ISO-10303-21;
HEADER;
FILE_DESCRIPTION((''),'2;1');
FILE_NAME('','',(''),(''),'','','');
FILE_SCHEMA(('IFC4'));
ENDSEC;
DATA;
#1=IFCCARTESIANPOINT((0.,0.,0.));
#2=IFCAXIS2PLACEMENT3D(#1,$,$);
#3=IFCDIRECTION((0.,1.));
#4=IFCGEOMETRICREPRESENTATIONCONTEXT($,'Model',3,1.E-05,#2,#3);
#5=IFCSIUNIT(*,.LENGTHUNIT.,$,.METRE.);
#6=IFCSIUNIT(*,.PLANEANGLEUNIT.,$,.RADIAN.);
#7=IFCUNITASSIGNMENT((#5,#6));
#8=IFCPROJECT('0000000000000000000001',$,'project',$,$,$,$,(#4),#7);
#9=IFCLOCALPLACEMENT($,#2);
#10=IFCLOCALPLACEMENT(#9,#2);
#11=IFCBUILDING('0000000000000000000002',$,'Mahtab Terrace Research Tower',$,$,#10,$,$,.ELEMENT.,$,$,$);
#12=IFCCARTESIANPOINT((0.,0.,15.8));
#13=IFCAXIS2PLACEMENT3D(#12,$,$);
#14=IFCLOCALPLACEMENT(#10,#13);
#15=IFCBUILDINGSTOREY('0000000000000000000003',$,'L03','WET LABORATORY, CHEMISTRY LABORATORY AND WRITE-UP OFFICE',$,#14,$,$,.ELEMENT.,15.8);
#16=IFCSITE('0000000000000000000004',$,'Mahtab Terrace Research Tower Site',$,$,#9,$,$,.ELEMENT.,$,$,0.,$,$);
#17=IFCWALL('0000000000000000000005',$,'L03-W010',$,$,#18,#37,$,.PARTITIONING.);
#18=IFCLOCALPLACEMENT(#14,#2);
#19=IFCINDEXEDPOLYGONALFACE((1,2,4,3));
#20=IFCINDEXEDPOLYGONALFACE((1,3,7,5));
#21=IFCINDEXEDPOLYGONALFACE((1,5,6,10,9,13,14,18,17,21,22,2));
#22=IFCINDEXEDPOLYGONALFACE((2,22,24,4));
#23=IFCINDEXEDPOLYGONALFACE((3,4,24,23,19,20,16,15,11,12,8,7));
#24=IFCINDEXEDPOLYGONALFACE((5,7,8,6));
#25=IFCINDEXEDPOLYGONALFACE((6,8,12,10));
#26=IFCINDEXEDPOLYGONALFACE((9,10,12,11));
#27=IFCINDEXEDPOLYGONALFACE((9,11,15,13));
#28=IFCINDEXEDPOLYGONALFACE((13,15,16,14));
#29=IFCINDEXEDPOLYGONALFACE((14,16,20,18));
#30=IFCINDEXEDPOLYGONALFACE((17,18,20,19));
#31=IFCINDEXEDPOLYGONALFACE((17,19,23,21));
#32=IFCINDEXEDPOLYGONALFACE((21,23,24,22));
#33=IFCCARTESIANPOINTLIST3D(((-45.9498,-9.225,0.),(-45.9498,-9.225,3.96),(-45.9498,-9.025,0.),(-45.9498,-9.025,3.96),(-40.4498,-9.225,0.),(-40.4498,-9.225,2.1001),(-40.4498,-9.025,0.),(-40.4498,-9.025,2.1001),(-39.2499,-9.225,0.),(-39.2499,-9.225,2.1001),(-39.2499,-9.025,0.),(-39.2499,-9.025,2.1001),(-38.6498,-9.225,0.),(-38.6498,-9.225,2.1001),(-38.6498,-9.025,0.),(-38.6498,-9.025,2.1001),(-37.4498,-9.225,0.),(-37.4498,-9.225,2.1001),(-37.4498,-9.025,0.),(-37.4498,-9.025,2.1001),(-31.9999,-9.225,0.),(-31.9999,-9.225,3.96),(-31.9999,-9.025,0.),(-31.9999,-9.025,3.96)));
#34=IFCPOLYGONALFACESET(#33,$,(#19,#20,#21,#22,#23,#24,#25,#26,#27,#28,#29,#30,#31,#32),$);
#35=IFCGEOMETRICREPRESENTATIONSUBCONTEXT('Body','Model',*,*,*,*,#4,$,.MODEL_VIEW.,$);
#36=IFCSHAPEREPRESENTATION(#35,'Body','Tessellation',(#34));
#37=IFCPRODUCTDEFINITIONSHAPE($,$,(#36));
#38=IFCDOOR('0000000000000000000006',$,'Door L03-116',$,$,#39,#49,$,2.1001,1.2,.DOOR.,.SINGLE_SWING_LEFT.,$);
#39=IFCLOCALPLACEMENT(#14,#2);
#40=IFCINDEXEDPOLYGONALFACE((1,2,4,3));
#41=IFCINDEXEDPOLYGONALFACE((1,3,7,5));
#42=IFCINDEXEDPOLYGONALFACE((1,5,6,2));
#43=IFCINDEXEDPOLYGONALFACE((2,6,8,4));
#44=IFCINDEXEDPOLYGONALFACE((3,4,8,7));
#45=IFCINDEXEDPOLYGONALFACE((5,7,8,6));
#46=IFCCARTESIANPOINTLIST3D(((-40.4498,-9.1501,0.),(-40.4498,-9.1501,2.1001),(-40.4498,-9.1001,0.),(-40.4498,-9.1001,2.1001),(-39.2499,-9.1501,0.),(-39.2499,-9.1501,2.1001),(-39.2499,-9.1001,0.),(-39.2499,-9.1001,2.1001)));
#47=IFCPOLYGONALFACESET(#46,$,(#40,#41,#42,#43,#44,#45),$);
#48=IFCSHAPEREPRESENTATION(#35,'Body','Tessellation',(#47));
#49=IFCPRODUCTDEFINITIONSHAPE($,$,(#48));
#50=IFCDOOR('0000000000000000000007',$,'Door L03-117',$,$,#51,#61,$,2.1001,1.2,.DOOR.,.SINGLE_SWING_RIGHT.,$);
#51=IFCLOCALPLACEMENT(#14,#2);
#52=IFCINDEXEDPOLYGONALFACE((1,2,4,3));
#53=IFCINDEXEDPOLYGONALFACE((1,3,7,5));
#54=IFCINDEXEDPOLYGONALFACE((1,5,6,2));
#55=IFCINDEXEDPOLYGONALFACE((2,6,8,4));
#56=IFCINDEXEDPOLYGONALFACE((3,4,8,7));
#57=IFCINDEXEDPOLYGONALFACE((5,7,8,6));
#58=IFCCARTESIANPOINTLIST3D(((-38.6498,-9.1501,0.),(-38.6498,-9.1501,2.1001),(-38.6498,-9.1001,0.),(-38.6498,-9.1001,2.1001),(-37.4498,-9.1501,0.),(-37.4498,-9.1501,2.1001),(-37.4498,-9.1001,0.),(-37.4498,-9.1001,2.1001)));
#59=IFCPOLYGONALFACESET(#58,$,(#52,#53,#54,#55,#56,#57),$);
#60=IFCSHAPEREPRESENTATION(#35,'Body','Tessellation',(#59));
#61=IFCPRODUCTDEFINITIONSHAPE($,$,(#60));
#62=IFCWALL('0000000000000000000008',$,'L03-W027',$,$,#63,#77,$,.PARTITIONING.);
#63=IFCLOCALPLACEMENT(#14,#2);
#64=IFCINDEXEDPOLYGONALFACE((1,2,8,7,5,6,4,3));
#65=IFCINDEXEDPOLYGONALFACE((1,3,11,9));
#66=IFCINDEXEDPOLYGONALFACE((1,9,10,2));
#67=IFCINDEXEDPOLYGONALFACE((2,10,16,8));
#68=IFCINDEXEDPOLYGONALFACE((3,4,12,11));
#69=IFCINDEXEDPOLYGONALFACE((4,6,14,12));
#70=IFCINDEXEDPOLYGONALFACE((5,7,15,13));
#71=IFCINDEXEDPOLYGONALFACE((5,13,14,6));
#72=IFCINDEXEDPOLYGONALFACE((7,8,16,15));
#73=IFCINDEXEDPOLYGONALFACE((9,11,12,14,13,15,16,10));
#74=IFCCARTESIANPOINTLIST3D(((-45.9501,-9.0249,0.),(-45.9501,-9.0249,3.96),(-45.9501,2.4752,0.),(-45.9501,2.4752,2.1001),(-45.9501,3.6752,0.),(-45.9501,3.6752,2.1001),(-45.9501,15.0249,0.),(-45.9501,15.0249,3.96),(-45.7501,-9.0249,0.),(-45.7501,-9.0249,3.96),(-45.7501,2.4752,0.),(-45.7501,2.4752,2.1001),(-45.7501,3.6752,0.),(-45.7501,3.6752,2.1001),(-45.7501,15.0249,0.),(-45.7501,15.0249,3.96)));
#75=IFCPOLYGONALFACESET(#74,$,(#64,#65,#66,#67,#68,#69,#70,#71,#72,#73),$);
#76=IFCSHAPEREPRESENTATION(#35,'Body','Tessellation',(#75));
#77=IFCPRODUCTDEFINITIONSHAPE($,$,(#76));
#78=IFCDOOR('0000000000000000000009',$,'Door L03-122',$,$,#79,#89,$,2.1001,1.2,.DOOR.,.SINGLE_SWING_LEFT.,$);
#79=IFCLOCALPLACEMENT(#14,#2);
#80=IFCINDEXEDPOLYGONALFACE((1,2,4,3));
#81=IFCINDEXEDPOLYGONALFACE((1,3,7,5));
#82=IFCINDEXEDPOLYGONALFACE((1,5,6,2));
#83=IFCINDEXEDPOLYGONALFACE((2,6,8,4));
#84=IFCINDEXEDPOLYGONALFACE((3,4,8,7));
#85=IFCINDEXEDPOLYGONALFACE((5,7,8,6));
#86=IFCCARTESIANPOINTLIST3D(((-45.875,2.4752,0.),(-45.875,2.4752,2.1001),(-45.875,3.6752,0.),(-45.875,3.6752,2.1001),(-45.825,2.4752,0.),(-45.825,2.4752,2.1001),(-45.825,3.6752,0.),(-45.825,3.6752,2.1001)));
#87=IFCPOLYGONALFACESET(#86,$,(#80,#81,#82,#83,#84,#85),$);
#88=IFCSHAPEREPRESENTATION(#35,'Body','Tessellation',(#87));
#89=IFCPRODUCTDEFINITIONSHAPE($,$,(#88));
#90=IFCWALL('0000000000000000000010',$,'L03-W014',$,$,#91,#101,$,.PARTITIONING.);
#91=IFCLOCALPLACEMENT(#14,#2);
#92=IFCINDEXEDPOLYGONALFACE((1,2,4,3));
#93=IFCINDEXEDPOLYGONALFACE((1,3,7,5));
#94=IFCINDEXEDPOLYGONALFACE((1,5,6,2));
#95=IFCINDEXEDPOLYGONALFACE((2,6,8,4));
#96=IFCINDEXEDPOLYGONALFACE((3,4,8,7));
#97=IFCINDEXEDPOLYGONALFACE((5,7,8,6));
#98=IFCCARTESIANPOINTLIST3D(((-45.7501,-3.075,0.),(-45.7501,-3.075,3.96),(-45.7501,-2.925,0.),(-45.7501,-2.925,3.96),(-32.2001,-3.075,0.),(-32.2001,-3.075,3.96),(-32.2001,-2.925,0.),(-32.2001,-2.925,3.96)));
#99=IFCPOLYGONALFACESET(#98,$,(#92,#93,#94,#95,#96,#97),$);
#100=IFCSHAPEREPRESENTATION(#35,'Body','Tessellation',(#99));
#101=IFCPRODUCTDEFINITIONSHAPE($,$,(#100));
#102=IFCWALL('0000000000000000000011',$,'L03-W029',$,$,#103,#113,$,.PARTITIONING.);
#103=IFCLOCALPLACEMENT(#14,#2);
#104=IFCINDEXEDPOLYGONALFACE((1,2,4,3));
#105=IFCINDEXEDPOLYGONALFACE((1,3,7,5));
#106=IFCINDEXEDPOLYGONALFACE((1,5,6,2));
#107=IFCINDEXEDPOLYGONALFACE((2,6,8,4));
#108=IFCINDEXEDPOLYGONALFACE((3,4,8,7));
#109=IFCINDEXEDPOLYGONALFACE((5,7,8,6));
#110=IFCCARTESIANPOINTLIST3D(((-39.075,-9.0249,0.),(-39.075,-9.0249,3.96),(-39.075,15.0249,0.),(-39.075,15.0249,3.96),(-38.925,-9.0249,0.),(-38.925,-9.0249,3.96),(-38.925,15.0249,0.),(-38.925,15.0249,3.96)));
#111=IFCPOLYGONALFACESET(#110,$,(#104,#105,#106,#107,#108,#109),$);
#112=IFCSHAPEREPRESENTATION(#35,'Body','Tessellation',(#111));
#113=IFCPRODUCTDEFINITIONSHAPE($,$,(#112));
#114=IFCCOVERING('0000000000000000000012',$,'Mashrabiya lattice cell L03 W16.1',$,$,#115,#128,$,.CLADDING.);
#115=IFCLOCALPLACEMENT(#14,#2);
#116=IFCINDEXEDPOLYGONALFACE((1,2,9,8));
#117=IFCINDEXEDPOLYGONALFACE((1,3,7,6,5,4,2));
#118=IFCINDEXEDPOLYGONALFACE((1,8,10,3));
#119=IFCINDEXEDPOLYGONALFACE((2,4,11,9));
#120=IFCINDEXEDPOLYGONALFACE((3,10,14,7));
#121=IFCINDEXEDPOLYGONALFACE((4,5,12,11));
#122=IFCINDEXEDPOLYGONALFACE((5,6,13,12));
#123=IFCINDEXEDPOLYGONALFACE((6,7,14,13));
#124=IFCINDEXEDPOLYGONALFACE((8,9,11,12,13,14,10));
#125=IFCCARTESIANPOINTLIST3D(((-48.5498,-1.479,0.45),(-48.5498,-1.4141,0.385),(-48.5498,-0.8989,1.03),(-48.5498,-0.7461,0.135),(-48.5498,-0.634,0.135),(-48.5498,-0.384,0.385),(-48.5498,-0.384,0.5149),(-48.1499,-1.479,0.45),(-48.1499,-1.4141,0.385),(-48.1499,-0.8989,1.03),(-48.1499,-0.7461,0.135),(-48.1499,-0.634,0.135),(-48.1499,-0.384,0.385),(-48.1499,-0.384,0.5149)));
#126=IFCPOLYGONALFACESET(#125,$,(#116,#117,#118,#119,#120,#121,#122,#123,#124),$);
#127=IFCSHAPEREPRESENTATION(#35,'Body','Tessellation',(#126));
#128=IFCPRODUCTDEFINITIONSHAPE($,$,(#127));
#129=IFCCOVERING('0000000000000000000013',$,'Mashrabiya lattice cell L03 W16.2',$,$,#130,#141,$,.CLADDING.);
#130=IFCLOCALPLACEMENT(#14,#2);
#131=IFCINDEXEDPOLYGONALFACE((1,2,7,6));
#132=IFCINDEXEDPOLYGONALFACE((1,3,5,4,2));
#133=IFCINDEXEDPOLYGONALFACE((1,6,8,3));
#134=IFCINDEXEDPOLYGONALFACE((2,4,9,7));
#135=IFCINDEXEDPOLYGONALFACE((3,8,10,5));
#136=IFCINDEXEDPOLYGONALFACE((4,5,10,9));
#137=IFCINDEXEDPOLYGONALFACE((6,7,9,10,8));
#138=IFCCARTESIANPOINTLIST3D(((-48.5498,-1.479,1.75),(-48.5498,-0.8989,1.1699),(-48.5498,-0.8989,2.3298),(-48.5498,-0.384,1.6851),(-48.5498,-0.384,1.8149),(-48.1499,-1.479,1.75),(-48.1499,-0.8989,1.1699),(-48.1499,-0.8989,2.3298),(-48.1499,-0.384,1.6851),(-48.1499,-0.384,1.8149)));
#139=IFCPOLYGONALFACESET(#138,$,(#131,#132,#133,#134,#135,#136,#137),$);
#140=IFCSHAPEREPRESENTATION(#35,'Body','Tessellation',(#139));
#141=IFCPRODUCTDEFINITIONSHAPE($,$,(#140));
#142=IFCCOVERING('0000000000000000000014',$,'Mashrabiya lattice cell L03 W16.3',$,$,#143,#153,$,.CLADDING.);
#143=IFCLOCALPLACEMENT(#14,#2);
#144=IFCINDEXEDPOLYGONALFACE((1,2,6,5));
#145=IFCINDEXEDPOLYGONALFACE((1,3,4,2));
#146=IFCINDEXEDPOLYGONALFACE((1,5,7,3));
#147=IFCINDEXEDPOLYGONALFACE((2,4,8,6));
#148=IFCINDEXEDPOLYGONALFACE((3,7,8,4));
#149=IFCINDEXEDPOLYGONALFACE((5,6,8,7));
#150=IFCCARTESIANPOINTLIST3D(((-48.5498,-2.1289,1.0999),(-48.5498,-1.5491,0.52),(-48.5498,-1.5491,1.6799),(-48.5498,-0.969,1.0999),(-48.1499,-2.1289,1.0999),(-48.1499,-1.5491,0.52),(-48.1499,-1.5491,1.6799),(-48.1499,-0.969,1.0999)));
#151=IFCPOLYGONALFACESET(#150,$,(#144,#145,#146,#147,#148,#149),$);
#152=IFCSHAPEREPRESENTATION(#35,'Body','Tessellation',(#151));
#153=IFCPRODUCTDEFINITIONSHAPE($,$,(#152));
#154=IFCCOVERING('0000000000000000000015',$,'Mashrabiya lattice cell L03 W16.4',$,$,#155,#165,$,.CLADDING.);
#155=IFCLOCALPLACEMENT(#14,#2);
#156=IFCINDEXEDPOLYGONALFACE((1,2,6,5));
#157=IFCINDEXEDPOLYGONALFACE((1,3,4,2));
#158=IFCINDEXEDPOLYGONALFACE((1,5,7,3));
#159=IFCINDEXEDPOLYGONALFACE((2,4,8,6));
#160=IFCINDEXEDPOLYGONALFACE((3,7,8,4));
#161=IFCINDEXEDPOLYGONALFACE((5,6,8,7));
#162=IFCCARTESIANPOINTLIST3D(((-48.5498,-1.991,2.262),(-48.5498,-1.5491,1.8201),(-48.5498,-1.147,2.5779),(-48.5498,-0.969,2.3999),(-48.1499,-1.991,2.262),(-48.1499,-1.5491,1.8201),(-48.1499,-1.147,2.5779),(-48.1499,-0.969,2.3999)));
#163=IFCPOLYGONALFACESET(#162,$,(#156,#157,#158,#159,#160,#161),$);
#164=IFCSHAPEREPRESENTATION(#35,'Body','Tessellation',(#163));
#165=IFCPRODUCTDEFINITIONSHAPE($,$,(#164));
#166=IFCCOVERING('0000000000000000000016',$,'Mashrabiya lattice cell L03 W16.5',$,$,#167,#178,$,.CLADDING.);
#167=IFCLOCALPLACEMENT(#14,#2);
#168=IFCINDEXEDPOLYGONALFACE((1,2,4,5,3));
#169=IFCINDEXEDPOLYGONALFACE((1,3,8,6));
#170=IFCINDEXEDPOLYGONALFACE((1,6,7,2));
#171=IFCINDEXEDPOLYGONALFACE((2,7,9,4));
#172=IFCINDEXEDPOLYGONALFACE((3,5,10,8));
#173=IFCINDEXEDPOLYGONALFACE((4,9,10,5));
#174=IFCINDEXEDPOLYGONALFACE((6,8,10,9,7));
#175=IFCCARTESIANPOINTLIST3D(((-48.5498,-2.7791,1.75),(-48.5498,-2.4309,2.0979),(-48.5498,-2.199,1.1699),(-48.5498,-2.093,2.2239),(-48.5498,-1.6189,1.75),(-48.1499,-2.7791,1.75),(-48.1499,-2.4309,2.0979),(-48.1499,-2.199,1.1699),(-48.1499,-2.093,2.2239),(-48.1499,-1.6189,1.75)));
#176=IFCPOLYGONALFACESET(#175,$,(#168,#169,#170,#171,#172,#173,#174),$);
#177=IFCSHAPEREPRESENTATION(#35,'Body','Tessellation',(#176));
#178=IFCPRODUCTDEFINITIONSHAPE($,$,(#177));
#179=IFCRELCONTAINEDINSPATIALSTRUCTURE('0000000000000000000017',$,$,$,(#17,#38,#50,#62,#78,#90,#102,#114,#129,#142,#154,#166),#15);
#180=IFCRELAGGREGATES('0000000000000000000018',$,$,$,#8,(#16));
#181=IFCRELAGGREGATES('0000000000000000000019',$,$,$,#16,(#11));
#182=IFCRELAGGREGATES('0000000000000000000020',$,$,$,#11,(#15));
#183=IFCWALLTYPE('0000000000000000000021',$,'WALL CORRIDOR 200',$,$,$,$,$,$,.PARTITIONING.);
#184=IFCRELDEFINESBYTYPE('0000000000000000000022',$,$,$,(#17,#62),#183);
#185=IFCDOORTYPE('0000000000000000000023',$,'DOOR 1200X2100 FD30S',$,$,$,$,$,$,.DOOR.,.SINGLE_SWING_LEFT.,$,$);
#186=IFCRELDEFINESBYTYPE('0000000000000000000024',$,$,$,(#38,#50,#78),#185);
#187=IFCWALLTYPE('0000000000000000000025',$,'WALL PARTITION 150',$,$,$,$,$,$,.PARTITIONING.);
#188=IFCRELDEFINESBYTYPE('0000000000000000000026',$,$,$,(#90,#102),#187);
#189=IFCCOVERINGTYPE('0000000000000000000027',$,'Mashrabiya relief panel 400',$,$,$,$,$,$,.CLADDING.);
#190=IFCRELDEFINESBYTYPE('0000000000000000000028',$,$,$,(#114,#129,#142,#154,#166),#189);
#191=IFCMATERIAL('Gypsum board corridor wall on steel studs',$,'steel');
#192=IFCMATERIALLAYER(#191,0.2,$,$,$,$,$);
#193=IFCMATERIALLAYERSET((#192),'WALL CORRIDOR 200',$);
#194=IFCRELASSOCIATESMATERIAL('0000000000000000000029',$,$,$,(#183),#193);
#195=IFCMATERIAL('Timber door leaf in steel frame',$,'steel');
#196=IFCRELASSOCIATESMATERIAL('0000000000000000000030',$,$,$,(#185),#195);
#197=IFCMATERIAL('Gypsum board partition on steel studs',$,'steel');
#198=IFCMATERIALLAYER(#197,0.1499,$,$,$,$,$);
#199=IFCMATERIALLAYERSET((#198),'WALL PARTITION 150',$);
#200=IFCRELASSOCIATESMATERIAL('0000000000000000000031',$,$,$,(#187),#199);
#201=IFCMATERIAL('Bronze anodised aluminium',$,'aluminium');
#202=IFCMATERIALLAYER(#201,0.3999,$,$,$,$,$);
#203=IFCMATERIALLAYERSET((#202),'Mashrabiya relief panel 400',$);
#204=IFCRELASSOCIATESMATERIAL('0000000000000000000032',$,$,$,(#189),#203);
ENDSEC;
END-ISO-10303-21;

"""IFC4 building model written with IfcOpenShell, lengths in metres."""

from ifc_helpers import new_model, si_unit, direction, frame, frame_2d, origin, place, context, subcontext, project, spatial, polyline, rectangle, outline, extrude, material, layer, layer_set, type_object, element, fill, save


model = new_model("IFC4")

# Units and contexts
model_context = context("Model", 3, precision=1e-05, world=origin(), true_north=direction((0.0, 1.0)))
body_context = subcontext(model_context, "Body", "Model", "MODEL_VIEW")
ifc_project = project(units=[si_unit("LENGTHUNIT", "METRE"), si_unit("PLANEANGLEUNIT", "RADIAN")], contexts=[model_context])

# Site, building, storey
site_placement = place(None, origin())
site = spatial("IfcSite", under=ifc_project, at=site_placement, Name="Mahtab Terrace Research Tower Site", CompositionType="ELEMENT", RefElevation=0.0)
building_placement = place(site_placement, origin())
building = spatial("IfcBuilding", under=site, at=building_placement, Name="Mahtab Terrace Research Tower", CompositionType="ELEMENT")
storey_placement = place(building_placement, frame((0.0, 0.0, 15.8)))
storey = spatial("IfcBuildingStorey", under=building, at=storey_placement, Name="L03", Description="WET LABORATORY, CHEMISTRY LABORATORY AND WRITE-UP OFFICE", CompositionType="ELEMENT", Elevation=15.8)

# Shared definitions
ifc_material_1 = material(Name="Gypsum board corridor wall on steel studs", Category="steel")
ifc_layer_1 = layer(ifc_material_1, 0.2)
ifc_layer_set_1 = layer_set([ifc_layer_1], Name="WALL CORRIDOR 200")
wall_type_1 = type_object("IfcWallType", Name="WALL CORRIDOR 200", PredefinedType="PARTITIONING", material=ifc_layer_set_1)
ifc_material_2 = material(Name="Timber door leaf in steel frame", Category="steel")
door_type = type_object("IfcDoorType", Name="DOOR 1200X2100 FD30S", OperationType="SINGLE_SWING_LEFT", PredefinedType="DOOR", material=ifc_material_2)

# Wall, openings, doors
wall_1_placement = place(storey_placement, frame((-45.95, -9.125, 0.0), z_axis=(0.0, 0.0, 1.0), x_axis=(1.0, 0.0, 0.0)))
wall_1 = element("IfcWall", 1, at=wall_1_placement, inside=storey, type_object=wall_type_1, Name="L03-W010", PredefinedType="PARTITIONING", context=body_context, shape_type="SweptSolid", body=[
    extrude(rectangle(XDim=13.95, YDim=0.2, at=frame_2d((6.9751, 0.0))), origin(), (0.0, 0.0, 1.0), 3.96),
])
opening_1_placement = place(wall_1_placement, frame((5.5, 0.0, 0.0)))
opening_1 = element("IfcOpeningElement", 2, at=opening_1_placement, cuts=wall_1, PredefinedType="OPENING", context=body_context, shape_type="SweptSolid", body=[
    extrude(rectangle(XDim=1.2, YDim=2.1001, at=frame_2d((0.6001, 1.05))), frame((0.0, 0.1099, 0.0), z_axis=(0.0, -1.0, 0.0), x_axis=(1.0, 0.0, 0.0)), (0.0, 0.0, 1.0), 0.22),
])
opening_2_placement = place(wall_1_placement, frame((7.3, 0.0, 0.0)))
opening_2 = element("IfcOpeningElement", 3, at=opening_2_placement, cuts=wall_1, PredefinedType="OPENING", context=body_context, shape_type="SweptSolid", body=[
    extrude(rectangle(XDim=1.2, YDim=2.1001, at=frame_2d((0.6001, 1.05))), frame((0.0, 0.1099, 0.0), z_axis=(0.0, -1.0, 0.0), x_axis=(1.0, 0.0, 0.0)), (0.0, 0.0, 1.0), 0.22),
])
door_1_placement = place(opening_1_placement, origin())
door_1 = element("IfcDoor", 4, at=door_1_placement, inside=storey, type_object=door_type, Name="Door L03-116", OperationType="SINGLE_SWING_LEFT", OverallHeight=2.1001, OverallWidth=1.2, PredefinedType="DOOR", context=body_context, shape_type="SweptSolid", body=[
    extrude(rectangle(XDim=1.2, YDim=2.1001, at=frame_2d((0.6001, 1.05))), frame((0.0, 0.0249, 0.0), z_axis=(0.0, -1.0, 0.0), x_axis=(1.0, 0.0, 0.0)), (0.0, 0.0, 1.0), 0.05),
])
fill(opening_1, door_1)
door_2_placement = place(opening_2_placement, origin())
door_2 = element("IfcDoor", 5, at=door_2_placement, inside=storey, type_object=door_type, Name="Door L03-117", OperationType="SINGLE_SWING_RIGHT", OverallHeight=2.1001, OverallWidth=1.2, PredefinedType="DOOR", context=body_context, shape_type="SweptSolid", body=[
    extrude(rectangle(XDim=1.2, YDim=2.1001, at=frame_2d((0.6001, 1.05))), frame((0.0, 0.0249, 0.0), z_axis=(0.0, -1.0, 0.0), x_axis=(1.0, 0.0, 0.0)), (0.0, 0.0, 1.0), 0.05),
])
fill(opening_2, door_2)

# Wall, opening, door
wall_2_placement = place(storey_placement, frame((-45.8501, -9.0249, 0.0), z_axis=(0.0, 0.0, 1.0), x_axis=(0.0, 1.0, 0.0)))
wall_2 = element("IfcWall", 6, at=wall_2_placement, inside=storey, type_object=wall_type_1, Name="L03-W027", PredefinedType="PARTITIONING", context=body_context, shape_type="SweptSolid", body=[
    extrude(rectangle(XDim=24.0498, YDim=0.2, at=frame_2d((12.0249, 0.0))), origin(), (0.0, 0.0, 1.0), 3.96),
])
opening_3_placement = place(wall_2_placement, frame((11.5, 0.0, 0.0)))
opening_3 = element("IfcOpeningElement", 7, at=opening_3_placement, cuts=wall_2, PredefinedType="OPENING", context=body_context, shape_type="SweptSolid", body=[
    extrude(rectangle(XDim=1.2, YDim=2.1001, at=frame_2d((0.6001, 1.05))), frame((0.0, 0.1099, 0.0), z_axis=(0.0, -1.0, 0.0), x_axis=(1.0, 0.0, 0.0)), (0.0, 0.0, 1.0), 0.22),
])
door_3_placement = place(opening_3_placement, origin())
door_3 = element("IfcDoor", 8, at=door_3_placement, inside=storey, type_object=door_type, Name="Door L03-122", OperationType="SINGLE_SWING_LEFT", OverallHeight=2.1001, OverallWidth=1.2, PredefinedType="DOOR", context=body_context, shape_type="SweptSolid", body=[
    extrude(rectangle(XDim=1.2, YDim=2.1001, at=frame_2d((0.6001, 1.05))), frame((0.0, 0.0249, 0.0), z_axis=(0.0, -1.0, 0.0), x_axis=(1.0, 0.0, 0.0)), (0.0, 0.0, 1.0), 0.05),
])
fill(opening_3, door_3)

# Walls
ifc_material_3 = material(Name="Gypsum board partition on steel studs", Category="steel")
ifc_layer_2 = layer(ifc_material_3, 0.1499)
ifc_layer_set_2 = layer_set([ifc_layer_2], Name="WALL PARTITION 150")
wall_type_2 = type_object("IfcWallType", Name="WALL PARTITION 150", PredefinedType="PARTITIONING", material=ifc_layer_set_2)
wall_3_placement = place(storey_placement, frame((-45.75, -3.0, 0.0), z_axis=(0.0, 0.0, 1.0), x_axis=(1.0, 0.0, 0.0)))
element("IfcWall", 9, at=wall_3_placement, inside=storey, type_object=wall_type_2, Name="L03-W014", PredefinedType="PARTITIONING", context=body_context, shape_type="SweptSolid", body=[
    extrude(rectangle(XDim=13.55, YDim=0.1499, at=frame_2d((6.7749, 0.0))), origin(), (0.0, 0.0, 1.0), 3.96),
])
wall_4_placement = place(storey_placement, frame((-39.0, -9.0249, 0.0), z_axis=(0.0, 0.0, 1.0), x_axis=(0.0, 1.0, 0.0)))
element("IfcWall", 10, at=wall_4_placement, inside=storey, type_object=wall_type_2, Name="L03-W029", PredefinedType="PARTITIONING", context=body_context, shape_type="SweptSolid", body=[
    extrude(rectangle(XDim=24.0498, YDim=0.1499, at=frame_2d((12.0249, 0.0))), origin(), (0.0, 0.0, 1.0), 3.96),
])

# Coverings
ifc_material_4 = material(Name="Bronze anodised aluminium", Category="aluminium")
ifc_layer_3 = layer(ifc_material_4, 0.3999)
ifc_layer_set_3 = layer_set([ifc_layer_3], Name="Mashrabiya relief panel 400")
covering_type = type_object("IfcCoveringType", Name="Mashrabiya relief panel 400", PredefinedType="CLADDING", material=ifc_layer_set_3)
covering_1_placement = place(storey_placement, frame((-48.1499, -0.384, 0.385), z_axis=(1.0, 0.0, 0.0), x_axis=(0.0, 0.0, 1.0)))
element("IfcCovering", 11, at=covering_1_placement, inside=storey, type_object=covering_type, Name="Mashrabiya lattice cell L03 W16.1", PredefinedType="CLADDING", context=body_context, shape_type="SweptSolid", body=[
    extrude(outline(polyline([(0.0, 0.0), (0.1299, 0.0), (0.645, 0.5149), (0.0649, 1.095), (0.0, 1.03), (-0.25, 0.3621), (-0.25, 0.25), (0.0, 0.0)])), origin(), (0.0, 0.0, -1.0), 0.3999),
])
covering_2_placement = place(storey_placement, frame((-48.1499, -0.8989, 2.3298), z_axis=(1.0, 0.0, 0.0), x_axis=(0.0, -0.707256, -0.706958)))
element("IfcCovering", 12, at=covering_2_placement, inside=storey, type_object=covering_type, Name="Mashrabiya lattice cell L03 W16.2", PredefinedType="CLADDING", context=body_context, shape_type="SweptSolid", body=[
    extrude(outline(polyline([(0.0, 0.0), (0.8202, 0.0), (0.82, 0.8204), (0.0917, 0.82), (-0.0002, 0.7282), (0.0, 0.0)])), origin(), (0.0, 0.0, -1.0), 0.3999),
])
covering_3_placement = place(storey_placement, frame((-48.1499, -1.5491, 1.6799), z_axis=(1.0, 0.0, 0.0), x_axis=(0.0, -0.706958, -0.707256)))
element("IfcCovering", 13, at=covering_3_placement, inside=storey, type_object=covering_type, Name="Mashrabiya lattice cell L03 W16.3", PredefinedType="CLADDING", context=body_context, shape_type="SweptSolid", body=[
    extrude(outline(polyline([(0.0, 0.0), (0.8202, 0.0), (0.8204, 0.82), (0.0002, 0.8204), (0.0, 0.0)])), origin(), (0.0, 0.0, -1.0), 0.3999),
])
covering_4_placement = place(storey_placement, frame((-48.1499, -1.5491, 1.8201), z_axis=(1.0, 0.0, 0.0), x_axis=(0.0, 0.707256, 0.706958)))
element("IfcCovering", 14, at=covering_4_placement, inside=storey, type_object=covering_type, Name="Mashrabiya lattice cell L03 W16.4", PredefinedType="CLADDING", context=body_context, shape_type="SweptSolid", body=[
    extrude(outline(polyline([(0.0, 0.0), (0.8202, 0.0), (0.8201, 0.2517), (-0.0001, 0.6249), (0.0, 0.0)])), origin(), (0.0, 0.0, -1.0), 0.3999),
])
covering_5_placement = place(storey_placement, frame((-48.1499, -2.7791, 1.75), z_axis=(1.0, 0.0, 0.0), x_axis=(0.0, 0.707107, -0.707107)))
element("IfcCovering", 15, at=covering_5_placement, inside=storey, type_object=covering_type, Name="Mashrabiya lattice cell L03 W16.5", PredefinedType="CLADDING", context=body_context, shape_type="SweptSolid", body=[
    extrude(outline(polyline([(0.0, 0.0), (0.8204, 0.0), (0.8204, 0.8204), (0.15, 0.8202), (0.0002, 0.4922), (0.0, 0.0)])), origin(), (0.0, 0.0, -1.0), 0.3999),
])

save(model, "model.ifc")
